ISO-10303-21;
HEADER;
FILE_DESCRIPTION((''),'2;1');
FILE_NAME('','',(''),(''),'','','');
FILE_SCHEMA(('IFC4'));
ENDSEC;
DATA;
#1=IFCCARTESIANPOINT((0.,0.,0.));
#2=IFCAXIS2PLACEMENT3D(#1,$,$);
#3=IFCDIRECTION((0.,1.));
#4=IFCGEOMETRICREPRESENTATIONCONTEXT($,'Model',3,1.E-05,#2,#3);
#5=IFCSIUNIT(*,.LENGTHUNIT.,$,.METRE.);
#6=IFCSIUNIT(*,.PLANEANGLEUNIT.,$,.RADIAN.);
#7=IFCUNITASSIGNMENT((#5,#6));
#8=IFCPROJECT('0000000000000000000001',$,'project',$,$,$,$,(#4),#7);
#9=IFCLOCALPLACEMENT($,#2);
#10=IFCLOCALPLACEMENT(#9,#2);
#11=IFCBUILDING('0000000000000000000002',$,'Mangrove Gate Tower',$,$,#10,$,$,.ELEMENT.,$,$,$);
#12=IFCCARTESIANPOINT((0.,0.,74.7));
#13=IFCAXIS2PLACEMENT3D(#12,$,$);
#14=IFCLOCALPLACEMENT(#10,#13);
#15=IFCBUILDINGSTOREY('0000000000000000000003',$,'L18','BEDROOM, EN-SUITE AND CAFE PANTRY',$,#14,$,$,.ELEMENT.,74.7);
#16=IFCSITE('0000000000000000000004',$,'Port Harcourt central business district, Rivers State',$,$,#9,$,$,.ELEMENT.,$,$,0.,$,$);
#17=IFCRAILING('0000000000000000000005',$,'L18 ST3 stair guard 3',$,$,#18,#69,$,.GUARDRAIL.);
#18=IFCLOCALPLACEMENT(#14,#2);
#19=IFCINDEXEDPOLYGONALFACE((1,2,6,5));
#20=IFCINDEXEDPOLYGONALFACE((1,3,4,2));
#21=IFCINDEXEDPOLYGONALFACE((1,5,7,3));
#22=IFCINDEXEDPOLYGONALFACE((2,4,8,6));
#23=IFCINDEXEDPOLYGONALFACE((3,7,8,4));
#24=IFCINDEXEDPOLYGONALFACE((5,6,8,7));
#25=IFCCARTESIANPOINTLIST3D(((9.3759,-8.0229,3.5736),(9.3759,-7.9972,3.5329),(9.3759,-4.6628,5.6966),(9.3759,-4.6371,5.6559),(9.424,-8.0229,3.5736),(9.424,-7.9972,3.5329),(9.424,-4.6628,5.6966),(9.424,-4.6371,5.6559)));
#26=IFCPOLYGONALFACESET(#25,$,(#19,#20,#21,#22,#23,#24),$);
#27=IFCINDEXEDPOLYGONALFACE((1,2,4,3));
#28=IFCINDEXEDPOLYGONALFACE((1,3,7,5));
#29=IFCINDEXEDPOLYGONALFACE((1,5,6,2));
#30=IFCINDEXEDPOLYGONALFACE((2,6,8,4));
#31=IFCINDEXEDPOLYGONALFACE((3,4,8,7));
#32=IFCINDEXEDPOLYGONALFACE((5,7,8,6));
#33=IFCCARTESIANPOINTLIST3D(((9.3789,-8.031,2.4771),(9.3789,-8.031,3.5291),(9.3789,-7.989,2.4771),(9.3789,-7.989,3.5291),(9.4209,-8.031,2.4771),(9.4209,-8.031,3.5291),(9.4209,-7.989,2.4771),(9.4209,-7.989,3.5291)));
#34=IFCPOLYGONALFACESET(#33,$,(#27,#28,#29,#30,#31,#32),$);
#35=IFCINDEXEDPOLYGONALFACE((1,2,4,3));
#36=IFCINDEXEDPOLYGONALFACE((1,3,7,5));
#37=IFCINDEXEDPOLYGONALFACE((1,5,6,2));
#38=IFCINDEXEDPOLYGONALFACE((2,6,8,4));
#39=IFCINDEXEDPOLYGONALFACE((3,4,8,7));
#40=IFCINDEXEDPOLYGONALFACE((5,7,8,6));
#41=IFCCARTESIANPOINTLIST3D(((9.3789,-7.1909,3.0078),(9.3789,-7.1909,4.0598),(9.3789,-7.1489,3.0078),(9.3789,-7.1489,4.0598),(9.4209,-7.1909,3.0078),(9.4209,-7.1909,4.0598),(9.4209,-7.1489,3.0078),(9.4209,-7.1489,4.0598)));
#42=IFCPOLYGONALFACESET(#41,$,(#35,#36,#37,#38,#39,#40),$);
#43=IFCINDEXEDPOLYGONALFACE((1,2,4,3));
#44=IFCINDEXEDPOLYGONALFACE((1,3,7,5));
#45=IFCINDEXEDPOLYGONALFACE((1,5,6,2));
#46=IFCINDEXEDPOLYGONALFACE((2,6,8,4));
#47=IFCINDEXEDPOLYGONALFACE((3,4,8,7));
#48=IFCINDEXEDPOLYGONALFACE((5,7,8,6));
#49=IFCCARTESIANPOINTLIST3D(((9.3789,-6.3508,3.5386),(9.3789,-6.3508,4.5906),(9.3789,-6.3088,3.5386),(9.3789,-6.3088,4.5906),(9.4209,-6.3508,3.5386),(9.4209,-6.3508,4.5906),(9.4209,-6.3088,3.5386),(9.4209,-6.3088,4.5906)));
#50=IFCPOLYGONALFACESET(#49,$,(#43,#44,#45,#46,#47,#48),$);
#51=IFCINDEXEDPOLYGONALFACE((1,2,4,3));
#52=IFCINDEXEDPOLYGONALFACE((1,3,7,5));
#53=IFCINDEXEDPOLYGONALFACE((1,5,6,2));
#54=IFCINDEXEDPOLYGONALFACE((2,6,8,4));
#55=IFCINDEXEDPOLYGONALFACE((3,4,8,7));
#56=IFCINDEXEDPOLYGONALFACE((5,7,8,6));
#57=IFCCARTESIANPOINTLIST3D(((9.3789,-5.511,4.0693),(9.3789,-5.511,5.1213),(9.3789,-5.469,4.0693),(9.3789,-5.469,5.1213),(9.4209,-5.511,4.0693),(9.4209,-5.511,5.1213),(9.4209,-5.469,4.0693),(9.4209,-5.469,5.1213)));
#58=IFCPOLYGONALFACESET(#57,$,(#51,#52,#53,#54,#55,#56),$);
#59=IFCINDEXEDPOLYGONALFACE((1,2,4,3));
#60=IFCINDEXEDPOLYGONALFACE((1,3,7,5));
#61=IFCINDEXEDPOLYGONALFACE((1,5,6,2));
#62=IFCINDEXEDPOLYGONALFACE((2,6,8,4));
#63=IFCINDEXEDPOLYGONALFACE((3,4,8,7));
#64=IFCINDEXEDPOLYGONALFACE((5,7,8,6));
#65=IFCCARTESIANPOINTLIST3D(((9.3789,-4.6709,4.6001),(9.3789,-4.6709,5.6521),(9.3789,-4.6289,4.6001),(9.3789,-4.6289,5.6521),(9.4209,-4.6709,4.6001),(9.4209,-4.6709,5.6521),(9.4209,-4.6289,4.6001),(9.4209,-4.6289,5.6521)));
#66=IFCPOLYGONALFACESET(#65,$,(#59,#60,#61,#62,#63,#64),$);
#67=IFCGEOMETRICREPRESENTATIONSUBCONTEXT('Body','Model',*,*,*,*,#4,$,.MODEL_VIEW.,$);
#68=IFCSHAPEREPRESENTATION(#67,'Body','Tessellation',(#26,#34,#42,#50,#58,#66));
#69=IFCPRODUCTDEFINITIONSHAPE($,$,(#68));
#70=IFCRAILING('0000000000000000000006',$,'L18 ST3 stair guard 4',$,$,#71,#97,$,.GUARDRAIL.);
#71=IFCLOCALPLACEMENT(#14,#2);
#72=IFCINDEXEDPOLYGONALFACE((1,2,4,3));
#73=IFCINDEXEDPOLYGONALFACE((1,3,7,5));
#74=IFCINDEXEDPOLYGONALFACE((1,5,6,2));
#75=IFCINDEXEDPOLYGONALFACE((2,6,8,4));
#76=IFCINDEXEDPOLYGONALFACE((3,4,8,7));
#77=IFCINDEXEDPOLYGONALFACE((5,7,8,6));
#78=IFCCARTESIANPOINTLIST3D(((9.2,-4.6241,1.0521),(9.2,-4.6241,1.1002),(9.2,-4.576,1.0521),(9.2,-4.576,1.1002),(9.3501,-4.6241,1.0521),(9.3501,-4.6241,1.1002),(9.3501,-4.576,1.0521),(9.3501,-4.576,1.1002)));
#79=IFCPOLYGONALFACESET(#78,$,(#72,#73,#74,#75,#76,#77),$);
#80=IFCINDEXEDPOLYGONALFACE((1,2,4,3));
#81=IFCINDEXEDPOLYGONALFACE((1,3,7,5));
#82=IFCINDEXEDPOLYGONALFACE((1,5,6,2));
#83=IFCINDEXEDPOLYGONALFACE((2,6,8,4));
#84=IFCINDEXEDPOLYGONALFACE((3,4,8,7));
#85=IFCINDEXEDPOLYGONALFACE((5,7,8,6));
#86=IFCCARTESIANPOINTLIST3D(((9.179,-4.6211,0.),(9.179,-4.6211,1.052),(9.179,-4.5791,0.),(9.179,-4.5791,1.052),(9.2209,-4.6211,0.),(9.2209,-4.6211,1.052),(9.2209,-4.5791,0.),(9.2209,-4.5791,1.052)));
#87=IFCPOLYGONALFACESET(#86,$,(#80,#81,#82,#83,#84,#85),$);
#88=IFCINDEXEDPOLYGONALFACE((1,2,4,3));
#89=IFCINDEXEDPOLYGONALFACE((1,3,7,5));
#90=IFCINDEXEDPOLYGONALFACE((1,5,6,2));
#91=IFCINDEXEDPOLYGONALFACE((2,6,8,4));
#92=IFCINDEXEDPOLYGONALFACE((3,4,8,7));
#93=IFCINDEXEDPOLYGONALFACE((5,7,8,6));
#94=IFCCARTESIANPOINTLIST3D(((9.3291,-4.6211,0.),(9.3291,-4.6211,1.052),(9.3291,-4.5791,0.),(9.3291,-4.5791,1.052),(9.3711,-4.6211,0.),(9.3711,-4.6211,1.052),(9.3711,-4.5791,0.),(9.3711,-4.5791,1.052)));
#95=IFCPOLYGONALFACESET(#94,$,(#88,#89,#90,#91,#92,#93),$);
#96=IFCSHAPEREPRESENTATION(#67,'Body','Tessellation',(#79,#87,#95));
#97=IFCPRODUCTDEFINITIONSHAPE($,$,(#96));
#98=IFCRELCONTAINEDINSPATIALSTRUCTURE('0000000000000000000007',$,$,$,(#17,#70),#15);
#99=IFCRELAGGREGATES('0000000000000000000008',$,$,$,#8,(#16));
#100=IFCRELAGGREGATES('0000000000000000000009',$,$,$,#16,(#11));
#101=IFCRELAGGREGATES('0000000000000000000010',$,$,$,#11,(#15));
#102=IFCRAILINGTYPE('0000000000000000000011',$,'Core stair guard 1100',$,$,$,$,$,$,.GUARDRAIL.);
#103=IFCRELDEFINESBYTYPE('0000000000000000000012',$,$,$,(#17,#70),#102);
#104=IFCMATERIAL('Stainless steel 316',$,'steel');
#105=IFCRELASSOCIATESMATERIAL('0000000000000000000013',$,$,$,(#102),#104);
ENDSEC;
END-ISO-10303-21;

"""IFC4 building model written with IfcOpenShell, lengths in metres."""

from ifc_helpers import new_model, si_unit, direction, frame, origin, origin_2d, place, context, subcontext, project, spatial, rectangle, extrude, material, type_object, element, save


model = new_model("IFC4")

# Units and contexts
model_context = context("Model", 3, precision=1e-05, world=origin(), true_north=direction((0.0, 1.0)))
body_context = subcontext(model_context, "Body", "Model", "MODEL_VIEW")
ifc_project = project(units=[si_unit("LENGTHUNIT", "METRE"), si_unit("PLANEANGLEUNIT", "RADIAN")], contexts=[model_context])

# Site, building, storey
site_placement = place(None, origin())
site = spatial("IfcSite", under=ifc_project, at=site_placement, Name="Port Harcourt central business district, Rivers State", CompositionType="ELEMENT", RefElevation=0.0)
building_placement = place(site_placement, origin())
building = spatial("IfcBuilding", under=site, at=building_placement, Name="Mangrove Gate Tower", CompositionType="ELEMENT")
storey_placement = place(building_placement, frame((0.0, 0.0, 74.7)))
storey = spatial("IfcBuildingStorey", under=building, at=storey_placement, Name="L18", Description="BEDROOM, EN-SUITE AND CAFE PANTRY", CompositionType="ELEMENT", Elevation=74.7)

# Railings
ifc_material_1 = material(Name="Stainless steel 316", Category="steel")
railing_type_1 = type_object("IfcRailingType", Name="Core stair guard 1100", PredefinedType="GUARDRAIL", material=ifc_material_1)
railing_1_placement = place(storey_placement, frame((9.3999, -8.01, 2.4771)))
element("IfcRailing", 1, at=railing_1_placement, inside=storey, type_object=railing_type_1, Name="L18 ST3 stair guard 3", PredefinedType="GUARDRAIL", context=body_context, shape_type="SweptSolid", body=[
    extrude(rectangle(XDim=0.0481, YDim=0.0481, at=origin_2d()), frame((0.0, 0.0, 1.0762), z_axis=(0.0, 0.84539, 0.53415), x_axis=(-1.0, 0.0, 0.0)), (0.0, 0.0, 1.0), 3.9746),
    extrude(rectangle(XDim=0.042, YDim=0.042, at=origin_2d()), origin(), (0.0, 0.0, 1.0), 1.052),
    extrude(rectangle(XDim=0.042, YDim=0.042, at=origin_2d()), frame((0.0, 0.8401, 0.5308)), (0.0, 0.0, 1.0), 1.052),
    extrude(rectangle(XDim=0.042, YDim=0.042, at=origin_2d()), frame((0.0, 1.6802, 1.0615)), (0.0, 0.0, 1.0), 1.052),
    extrude(rectangle(XDim=0.042, YDim=0.042, at=origin_2d()), frame((0.0, 2.52, 1.5923)), (0.0, 0.0, 1.0), 1.052),
    extrude(rectangle(XDim=0.042, YDim=0.042, at=origin_2d()), frame((0.0, 3.3601, 2.123)), (0.0, 0.0, 1.0), 1.052),
])
railing_2_placement = place(storey_placement, frame((9.2, -4.6001, 0.0)))
element("IfcRailing", 2, at=railing_2_placement, inside=storey, type_object=railing_type_1, Name="L18 ST3 stair guard 4", PredefinedType="GUARDRAIL", context=body_context, shape_type="SweptSolid", body=[
    extrude(rectangle(XDim=0.0481, YDim=0.0481, at=origin_2d()), frame((0.0, 0.0, 1.0762), z_axis=(1.0, 0.0, 0.0), x_axis=(0.0, 1.0, 0.0)), (0.0, 0.0, 1.0), 0.1501),
    extrude(rectangle(XDim=0.042, YDim=0.042, at=origin_2d()), origin(), (0.0, 0.0, 1.0), 1.052),
    extrude(rectangle(XDim=0.042, YDim=0.042, at=origin_2d()), frame((0.1501, 0.0, 0.0)), (0.0, 0.0, 1.0), 1.052),
])

save(model, "model.ifc")
